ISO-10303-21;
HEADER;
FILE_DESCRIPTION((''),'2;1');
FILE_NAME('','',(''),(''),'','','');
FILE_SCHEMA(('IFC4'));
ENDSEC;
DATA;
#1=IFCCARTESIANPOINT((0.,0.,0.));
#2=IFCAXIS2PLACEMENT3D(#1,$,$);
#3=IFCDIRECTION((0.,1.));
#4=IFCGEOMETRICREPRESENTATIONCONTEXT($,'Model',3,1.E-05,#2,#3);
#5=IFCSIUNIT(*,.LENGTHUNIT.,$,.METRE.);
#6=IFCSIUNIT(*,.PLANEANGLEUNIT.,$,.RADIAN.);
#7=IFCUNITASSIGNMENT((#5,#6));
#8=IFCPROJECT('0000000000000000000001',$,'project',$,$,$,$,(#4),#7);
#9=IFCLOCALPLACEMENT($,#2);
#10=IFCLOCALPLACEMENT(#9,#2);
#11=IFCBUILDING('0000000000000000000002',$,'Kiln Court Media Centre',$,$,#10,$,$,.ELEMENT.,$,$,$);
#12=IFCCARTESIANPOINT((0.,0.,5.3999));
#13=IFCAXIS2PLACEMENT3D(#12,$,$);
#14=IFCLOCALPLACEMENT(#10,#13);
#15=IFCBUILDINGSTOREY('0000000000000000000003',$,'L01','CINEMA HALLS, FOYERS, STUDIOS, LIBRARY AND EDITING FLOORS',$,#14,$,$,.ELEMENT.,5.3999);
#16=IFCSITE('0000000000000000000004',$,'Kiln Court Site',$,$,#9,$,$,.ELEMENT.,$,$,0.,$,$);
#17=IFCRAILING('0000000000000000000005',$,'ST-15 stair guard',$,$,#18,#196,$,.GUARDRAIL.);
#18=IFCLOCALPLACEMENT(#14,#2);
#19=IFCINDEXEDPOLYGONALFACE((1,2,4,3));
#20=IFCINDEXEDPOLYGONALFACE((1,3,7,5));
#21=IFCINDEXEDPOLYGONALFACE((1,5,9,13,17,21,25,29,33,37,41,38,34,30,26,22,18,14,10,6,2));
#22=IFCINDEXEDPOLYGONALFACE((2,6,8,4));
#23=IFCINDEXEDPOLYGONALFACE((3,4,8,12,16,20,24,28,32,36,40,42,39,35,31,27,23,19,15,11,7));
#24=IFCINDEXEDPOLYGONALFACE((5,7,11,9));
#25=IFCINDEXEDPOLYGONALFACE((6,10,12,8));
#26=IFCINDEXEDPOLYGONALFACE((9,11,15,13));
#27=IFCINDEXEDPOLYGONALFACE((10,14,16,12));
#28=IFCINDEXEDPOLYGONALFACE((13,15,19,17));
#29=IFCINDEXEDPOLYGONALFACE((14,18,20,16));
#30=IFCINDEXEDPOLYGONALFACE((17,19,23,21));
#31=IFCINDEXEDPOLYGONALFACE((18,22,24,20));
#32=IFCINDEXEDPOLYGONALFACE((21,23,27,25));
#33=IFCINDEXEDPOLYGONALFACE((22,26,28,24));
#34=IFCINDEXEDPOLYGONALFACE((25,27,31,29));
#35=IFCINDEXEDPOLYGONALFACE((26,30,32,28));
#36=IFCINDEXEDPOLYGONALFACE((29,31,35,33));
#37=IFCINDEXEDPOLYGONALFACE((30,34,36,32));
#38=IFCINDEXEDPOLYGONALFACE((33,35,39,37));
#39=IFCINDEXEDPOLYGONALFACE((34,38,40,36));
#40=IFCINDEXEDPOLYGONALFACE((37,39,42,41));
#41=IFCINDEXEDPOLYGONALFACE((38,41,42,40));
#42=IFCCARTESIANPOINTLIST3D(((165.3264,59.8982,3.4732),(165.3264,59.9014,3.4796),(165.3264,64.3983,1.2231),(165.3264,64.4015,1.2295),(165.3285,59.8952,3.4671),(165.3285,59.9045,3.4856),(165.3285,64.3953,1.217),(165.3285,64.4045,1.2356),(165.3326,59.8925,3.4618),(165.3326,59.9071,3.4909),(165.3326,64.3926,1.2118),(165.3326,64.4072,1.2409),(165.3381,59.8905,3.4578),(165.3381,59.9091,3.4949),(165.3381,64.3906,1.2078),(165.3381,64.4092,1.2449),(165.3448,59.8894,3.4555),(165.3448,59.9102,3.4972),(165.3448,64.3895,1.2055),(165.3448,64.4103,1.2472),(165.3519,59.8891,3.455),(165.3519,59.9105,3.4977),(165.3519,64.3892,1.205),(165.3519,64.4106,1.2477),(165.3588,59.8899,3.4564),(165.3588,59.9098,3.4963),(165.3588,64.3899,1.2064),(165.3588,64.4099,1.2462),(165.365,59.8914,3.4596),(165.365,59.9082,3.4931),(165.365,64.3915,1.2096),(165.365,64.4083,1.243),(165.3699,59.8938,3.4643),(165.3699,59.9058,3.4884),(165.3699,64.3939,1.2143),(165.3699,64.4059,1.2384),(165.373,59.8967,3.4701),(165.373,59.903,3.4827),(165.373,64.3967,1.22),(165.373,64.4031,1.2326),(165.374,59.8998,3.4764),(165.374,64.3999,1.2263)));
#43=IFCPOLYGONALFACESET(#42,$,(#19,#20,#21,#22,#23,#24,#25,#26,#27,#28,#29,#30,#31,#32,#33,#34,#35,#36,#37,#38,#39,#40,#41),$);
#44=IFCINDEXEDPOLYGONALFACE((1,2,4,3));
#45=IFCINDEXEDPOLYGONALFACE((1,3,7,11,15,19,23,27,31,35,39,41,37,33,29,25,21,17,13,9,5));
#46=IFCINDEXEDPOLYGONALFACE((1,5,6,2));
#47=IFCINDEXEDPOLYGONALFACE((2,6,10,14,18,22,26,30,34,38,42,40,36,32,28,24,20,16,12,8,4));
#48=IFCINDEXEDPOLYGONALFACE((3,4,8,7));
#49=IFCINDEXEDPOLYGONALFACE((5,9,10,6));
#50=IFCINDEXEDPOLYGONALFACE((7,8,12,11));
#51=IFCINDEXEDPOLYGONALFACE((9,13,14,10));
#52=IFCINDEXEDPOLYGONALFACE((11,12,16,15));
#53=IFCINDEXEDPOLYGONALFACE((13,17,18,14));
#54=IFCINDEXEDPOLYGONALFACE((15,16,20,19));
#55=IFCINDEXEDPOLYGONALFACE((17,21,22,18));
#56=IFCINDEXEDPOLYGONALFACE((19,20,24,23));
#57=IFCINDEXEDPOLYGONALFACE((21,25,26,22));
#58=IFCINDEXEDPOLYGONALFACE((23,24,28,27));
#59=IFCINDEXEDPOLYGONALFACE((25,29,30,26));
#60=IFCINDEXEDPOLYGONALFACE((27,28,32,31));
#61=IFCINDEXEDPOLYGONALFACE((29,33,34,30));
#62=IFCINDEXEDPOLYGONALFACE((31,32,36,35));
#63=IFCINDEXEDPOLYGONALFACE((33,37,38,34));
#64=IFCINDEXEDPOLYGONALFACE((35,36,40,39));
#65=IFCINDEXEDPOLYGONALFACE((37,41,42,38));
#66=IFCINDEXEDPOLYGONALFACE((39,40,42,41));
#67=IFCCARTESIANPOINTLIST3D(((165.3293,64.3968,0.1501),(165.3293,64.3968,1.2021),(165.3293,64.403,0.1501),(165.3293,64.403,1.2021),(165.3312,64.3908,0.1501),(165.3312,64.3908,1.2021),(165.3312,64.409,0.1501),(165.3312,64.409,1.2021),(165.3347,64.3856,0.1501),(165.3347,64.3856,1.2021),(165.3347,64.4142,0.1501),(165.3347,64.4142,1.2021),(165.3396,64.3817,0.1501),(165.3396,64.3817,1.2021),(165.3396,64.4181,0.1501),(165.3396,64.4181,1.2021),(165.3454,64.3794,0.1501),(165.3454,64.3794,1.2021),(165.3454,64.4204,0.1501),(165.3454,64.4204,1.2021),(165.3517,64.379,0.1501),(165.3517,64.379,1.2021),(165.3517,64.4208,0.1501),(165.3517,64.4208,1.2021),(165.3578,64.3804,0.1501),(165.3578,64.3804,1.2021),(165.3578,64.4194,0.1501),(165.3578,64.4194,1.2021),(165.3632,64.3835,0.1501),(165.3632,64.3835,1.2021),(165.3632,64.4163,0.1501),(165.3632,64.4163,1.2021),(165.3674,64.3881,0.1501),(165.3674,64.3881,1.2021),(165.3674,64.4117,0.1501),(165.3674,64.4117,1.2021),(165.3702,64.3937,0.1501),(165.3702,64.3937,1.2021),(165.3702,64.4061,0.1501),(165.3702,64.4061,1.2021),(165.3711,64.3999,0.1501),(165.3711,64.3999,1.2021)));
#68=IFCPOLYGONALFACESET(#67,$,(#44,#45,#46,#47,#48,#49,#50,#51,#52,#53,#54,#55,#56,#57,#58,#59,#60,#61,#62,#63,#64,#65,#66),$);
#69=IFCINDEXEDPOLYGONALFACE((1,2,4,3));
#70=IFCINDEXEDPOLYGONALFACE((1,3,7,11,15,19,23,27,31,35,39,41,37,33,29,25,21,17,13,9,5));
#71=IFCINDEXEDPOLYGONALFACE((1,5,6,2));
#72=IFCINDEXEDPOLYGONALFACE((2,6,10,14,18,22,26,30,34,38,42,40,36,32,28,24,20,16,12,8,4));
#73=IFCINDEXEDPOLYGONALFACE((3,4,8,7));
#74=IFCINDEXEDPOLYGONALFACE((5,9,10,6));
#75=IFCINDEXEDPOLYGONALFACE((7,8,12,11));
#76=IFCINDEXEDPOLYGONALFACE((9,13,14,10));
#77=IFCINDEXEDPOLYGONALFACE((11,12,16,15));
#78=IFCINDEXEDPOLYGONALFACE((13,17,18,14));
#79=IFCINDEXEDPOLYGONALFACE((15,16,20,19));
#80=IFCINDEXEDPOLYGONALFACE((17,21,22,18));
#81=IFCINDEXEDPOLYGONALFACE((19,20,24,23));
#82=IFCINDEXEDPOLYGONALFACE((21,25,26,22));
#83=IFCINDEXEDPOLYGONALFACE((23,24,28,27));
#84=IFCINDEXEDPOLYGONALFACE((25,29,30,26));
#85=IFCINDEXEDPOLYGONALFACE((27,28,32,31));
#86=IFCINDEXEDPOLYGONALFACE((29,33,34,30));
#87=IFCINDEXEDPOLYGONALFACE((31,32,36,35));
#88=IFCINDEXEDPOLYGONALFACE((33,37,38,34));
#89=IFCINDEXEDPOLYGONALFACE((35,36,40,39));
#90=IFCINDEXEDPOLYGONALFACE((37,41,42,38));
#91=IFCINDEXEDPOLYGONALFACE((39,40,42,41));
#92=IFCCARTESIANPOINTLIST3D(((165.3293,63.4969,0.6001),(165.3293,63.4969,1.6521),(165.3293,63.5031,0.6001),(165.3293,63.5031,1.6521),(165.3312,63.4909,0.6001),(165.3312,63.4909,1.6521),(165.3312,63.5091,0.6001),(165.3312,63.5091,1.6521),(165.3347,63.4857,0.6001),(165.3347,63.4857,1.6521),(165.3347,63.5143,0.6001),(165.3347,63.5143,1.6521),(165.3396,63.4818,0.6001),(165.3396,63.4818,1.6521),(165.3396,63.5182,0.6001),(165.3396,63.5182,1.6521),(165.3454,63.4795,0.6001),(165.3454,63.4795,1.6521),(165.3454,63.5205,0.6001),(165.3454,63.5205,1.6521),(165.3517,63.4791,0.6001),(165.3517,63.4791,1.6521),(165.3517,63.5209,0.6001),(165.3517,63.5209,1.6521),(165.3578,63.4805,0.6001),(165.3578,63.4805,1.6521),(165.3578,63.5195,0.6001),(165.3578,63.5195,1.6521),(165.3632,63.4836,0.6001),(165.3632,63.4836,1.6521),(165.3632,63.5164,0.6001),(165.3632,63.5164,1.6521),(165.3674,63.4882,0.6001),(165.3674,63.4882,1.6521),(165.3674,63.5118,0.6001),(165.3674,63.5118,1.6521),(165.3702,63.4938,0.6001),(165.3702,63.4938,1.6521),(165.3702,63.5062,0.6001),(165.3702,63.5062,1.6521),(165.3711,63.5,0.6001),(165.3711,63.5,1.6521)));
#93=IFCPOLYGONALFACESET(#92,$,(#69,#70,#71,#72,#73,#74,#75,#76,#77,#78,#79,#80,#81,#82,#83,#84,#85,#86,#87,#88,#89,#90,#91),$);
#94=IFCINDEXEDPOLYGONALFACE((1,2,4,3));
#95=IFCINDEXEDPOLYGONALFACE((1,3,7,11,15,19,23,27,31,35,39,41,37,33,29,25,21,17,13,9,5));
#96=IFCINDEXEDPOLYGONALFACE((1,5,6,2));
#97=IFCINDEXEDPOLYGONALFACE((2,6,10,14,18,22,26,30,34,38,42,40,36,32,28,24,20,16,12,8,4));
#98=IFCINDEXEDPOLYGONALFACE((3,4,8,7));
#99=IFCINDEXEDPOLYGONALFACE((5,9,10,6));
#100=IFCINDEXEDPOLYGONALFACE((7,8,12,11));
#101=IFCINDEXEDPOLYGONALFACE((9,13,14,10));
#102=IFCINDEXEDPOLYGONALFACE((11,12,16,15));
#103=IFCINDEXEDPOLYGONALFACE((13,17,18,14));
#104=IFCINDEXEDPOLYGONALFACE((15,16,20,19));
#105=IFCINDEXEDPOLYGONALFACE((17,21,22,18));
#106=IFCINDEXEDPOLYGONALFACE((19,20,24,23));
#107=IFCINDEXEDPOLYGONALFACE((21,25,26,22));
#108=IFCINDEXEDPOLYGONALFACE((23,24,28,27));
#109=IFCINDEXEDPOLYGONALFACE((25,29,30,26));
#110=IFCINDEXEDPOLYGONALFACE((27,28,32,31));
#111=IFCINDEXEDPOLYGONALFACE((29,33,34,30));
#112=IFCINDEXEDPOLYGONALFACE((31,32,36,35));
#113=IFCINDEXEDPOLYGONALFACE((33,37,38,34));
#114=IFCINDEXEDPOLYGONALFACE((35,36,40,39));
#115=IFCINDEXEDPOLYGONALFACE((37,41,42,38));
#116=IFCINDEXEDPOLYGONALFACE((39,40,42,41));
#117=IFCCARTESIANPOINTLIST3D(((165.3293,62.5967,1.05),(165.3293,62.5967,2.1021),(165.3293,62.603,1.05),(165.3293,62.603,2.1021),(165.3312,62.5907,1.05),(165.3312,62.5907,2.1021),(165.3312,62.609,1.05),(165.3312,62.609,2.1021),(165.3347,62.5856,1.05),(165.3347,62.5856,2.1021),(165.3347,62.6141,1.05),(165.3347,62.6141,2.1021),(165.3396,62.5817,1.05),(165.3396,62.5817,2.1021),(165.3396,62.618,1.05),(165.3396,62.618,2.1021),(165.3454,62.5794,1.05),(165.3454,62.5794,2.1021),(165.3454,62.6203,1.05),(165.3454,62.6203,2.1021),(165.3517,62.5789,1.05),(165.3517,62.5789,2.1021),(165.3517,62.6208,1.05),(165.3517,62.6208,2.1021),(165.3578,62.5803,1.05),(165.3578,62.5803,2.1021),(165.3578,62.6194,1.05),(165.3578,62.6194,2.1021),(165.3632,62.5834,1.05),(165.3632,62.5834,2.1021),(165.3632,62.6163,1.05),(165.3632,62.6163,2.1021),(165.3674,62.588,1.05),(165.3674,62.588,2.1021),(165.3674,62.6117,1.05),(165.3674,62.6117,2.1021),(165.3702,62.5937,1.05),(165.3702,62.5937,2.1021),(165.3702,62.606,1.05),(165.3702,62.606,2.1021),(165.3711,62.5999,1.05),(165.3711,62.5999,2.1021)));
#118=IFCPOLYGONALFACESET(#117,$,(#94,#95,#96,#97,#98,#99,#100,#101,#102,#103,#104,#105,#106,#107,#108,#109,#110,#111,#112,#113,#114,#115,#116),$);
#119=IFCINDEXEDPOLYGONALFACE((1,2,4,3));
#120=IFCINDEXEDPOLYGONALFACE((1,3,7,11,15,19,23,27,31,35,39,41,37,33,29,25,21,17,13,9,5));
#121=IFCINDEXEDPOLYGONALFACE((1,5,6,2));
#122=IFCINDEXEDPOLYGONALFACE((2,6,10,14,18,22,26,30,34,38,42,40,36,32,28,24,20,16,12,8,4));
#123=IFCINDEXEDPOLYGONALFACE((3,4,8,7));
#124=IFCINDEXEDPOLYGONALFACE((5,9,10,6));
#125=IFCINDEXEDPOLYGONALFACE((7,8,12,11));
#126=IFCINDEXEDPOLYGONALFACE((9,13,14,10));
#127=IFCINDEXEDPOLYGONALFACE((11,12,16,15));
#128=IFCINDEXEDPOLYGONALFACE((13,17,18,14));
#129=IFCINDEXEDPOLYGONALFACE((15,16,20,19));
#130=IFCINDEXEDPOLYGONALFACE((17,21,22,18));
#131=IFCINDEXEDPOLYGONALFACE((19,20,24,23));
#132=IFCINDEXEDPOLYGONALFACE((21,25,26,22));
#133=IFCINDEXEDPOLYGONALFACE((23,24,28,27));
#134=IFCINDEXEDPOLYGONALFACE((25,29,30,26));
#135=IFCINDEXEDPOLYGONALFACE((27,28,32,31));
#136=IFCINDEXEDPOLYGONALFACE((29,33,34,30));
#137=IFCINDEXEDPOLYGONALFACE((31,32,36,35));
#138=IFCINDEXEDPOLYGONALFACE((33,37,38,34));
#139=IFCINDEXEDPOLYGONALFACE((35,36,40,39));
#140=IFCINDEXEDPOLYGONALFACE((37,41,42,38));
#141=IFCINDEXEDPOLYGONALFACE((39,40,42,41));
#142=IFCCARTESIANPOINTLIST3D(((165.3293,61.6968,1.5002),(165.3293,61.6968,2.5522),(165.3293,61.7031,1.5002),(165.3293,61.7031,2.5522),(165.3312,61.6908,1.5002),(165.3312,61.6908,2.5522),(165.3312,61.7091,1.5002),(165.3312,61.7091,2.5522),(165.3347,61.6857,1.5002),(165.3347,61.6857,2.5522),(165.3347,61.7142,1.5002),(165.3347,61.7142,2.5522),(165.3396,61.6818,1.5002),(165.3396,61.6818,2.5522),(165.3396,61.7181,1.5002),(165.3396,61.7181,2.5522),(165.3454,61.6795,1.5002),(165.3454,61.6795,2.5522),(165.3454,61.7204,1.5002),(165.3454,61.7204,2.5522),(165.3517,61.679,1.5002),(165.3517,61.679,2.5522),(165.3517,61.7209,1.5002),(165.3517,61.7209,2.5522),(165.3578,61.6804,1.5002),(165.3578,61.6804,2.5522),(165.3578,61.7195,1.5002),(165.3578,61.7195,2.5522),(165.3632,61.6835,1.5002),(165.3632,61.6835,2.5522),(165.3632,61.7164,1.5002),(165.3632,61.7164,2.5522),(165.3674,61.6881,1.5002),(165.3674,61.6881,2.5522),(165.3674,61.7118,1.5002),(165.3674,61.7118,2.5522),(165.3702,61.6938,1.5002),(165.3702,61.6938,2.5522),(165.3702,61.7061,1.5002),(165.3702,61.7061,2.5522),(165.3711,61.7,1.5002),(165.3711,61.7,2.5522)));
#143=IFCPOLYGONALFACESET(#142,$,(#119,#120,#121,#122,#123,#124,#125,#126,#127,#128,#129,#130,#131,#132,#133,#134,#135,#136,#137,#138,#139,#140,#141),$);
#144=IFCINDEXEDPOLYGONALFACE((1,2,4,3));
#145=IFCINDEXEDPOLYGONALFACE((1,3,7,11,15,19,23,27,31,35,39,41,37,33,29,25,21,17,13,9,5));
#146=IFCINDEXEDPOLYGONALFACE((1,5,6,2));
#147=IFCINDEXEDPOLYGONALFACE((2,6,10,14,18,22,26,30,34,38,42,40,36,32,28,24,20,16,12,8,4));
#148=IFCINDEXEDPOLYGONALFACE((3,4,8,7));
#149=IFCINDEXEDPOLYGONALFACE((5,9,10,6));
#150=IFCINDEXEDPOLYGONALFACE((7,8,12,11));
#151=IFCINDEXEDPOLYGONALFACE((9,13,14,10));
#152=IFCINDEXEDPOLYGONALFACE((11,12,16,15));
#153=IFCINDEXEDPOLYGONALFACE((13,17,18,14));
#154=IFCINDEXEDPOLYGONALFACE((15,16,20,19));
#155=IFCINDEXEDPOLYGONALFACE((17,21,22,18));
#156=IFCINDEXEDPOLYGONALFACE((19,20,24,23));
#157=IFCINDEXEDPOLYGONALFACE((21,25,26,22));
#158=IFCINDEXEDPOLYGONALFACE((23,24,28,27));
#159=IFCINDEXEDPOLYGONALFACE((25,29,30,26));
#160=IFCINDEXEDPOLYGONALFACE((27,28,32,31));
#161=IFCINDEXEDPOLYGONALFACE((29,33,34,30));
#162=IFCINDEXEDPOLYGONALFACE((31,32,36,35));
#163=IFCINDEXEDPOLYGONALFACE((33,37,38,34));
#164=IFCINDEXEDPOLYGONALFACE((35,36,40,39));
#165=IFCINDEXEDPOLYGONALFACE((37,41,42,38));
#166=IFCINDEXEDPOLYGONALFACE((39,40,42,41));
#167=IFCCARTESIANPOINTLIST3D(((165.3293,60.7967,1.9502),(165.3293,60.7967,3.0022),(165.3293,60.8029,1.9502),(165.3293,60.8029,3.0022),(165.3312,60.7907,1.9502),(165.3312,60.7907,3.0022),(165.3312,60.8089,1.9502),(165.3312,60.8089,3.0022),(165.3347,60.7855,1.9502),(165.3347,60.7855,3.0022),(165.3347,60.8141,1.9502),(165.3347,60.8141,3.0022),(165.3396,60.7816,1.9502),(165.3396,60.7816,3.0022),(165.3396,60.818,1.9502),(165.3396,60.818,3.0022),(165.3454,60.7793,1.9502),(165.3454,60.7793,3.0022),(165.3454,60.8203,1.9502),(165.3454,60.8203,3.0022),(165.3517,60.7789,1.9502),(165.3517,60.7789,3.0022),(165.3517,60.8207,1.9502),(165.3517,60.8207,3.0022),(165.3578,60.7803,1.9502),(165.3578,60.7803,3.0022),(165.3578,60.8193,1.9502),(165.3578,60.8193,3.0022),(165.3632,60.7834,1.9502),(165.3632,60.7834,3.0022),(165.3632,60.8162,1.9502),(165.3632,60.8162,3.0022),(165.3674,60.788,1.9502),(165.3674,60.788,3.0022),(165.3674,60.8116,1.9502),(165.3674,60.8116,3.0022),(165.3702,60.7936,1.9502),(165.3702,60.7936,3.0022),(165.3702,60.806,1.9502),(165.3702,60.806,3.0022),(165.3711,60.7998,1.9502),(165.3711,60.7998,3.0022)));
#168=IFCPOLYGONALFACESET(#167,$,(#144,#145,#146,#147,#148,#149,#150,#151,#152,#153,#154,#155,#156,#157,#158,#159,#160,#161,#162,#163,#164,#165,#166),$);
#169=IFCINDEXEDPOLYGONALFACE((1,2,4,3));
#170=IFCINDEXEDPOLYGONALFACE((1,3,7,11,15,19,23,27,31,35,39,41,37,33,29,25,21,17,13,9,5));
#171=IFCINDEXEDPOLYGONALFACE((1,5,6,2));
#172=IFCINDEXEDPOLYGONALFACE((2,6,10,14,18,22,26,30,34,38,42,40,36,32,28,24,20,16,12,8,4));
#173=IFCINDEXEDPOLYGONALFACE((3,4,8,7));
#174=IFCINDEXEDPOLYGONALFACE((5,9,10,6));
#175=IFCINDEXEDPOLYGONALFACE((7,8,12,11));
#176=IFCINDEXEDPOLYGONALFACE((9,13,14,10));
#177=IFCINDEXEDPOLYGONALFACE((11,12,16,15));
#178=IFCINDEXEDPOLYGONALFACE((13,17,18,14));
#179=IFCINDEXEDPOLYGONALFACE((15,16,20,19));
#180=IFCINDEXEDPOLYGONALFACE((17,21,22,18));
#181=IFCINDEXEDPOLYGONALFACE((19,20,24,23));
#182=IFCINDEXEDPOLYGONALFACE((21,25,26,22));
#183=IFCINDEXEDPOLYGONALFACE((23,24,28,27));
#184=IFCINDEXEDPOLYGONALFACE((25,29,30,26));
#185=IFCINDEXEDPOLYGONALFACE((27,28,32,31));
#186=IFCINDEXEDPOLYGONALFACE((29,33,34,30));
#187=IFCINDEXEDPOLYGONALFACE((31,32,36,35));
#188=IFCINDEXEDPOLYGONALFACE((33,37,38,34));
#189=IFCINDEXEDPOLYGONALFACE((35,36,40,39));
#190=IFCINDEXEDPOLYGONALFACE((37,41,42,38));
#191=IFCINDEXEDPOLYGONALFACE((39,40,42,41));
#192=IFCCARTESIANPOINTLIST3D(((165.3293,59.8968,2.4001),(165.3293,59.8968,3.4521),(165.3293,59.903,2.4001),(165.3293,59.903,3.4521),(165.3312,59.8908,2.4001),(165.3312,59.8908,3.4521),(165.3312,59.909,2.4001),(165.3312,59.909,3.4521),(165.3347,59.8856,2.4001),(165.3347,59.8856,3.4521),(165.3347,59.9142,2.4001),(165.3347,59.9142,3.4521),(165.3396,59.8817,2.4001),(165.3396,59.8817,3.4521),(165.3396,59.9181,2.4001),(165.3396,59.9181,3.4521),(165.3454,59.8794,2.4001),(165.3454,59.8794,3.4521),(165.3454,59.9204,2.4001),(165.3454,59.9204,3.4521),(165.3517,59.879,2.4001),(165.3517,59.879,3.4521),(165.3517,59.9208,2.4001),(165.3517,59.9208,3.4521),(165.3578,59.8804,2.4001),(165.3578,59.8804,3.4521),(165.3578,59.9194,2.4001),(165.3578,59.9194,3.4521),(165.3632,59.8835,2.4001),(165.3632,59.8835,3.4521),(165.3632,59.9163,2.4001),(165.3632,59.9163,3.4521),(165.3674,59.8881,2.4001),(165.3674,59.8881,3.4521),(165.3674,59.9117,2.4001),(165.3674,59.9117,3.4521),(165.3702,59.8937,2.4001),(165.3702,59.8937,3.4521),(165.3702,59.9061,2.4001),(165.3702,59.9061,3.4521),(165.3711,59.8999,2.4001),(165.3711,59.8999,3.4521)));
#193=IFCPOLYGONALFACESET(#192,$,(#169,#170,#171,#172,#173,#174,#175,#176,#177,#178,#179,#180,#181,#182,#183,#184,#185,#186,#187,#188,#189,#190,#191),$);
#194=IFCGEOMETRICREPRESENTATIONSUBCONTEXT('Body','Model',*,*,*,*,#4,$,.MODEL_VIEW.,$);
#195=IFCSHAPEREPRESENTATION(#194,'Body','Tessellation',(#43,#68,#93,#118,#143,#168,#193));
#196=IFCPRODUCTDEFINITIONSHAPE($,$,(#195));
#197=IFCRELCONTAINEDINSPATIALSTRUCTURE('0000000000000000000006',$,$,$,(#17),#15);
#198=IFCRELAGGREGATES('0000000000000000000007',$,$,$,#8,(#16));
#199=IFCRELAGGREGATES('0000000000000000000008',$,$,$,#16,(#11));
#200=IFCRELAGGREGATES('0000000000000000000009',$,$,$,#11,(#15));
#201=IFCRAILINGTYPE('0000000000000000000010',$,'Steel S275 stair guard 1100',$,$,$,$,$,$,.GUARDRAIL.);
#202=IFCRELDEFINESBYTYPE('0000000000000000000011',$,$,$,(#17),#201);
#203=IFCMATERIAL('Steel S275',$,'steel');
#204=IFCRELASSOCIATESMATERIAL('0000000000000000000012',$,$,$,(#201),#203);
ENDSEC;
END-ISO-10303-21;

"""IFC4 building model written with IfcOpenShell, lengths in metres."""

from ifc_helpers import new_model, si_unit, direction, frame, origin, origin_2d, place, context, subcontext, project, spatial, circle, extrude, material, type_object, element, save


model = new_model("IFC4")

# Units and contexts
model_context = context("Model", 3, precision=1e-05, world=origin(), true_north=direction((0.0, 1.0)))
body_context = subcontext(model_context, "Body", "Model", "MODEL_VIEW")
ifc_project = project(units=[si_unit("LENGTHUNIT", "METRE"), si_unit("PLANEANGLEUNIT", "RADIAN")], contexts=[model_context])

# Site, building, storey
site_placement = place(None, origin())
site = spatial("IfcSite", under=ifc_project, at=site_placement, Name="Kiln Court Site", CompositionType="ELEMENT", RefElevation=0.0)
building_placement = place(site_placement, origin())
building = spatial("IfcBuilding", under=site, at=building_placement, Name="Kiln Court Media Centre", CompositionType="ELEMENT")
storey_placement = place(building_placement, frame((0.0, 0.0, 5.3999)))
storey = spatial("IfcBuildingStorey", under=building, at=storey_placement, Name="L01", Description="CINEMA HALLS, FOYERS, STUDIOS, LIBRARY AND EDITING FLOORS", CompositionType="ELEMENT", Elevation=5.3999)

# Railing
ifc_material_1 = material(Name="Steel S275", Category="steel")
railing_type_1 = type_object("IfcRailingType", Name="Steel S275 stair guard 1100", PredefinedType="GUARDRAIL", material=ifc_material_1)
railing_1_placement = place(storey_placement, frame((165.3501, 64.3999, 0.1501)))
element("IfcRailing", 1, at=railing_1_placement, inside=storey, type_object=railing_type_1, Name="ST-15 stair guard", PredefinedType="GUARDRAIL", context=body_context, shape_type="SweptSolid", body=[
    extrude(circle(Radius=0.0239, at=origin_2d()), frame((0.0, 0.0, 1.0762), z_axis=(0.0, -0.894427, 0.447214), x_axis=(1.0, 0.0, 0.0)), (0.0, 0.0, 1.0), 5.0312),
    extrude(circle(Radius=0.021, at=origin_2d()), origin(), (0.0, 0.0, 1.0), 1.052),
    extrude(circle(Radius=0.021, at=origin_2d()), frame((0.0, -0.8999, 0.45)), (0.0, 0.0, 1.0), 1.052),
    extrude(circle(Radius=0.021, at=origin_2d()), frame((0.0, -1.8, 0.8999)), (0.0, 0.0, 1.0), 1.052),
    extrude(circle(Radius=0.021, at=origin_2d()), frame((0.0, -2.7, 1.3501)), (0.0, 0.0, 1.0), 1.052),
    extrude(circle(Radius=0.021, at=origin_2d()), frame((0.0, -3.6001, 1.8)), (0.0, 0.0, 1.0), 1.052),
    extrude(circle(Radius=0.021, at=origin_2d()), frame((0.0, -4.5, 2.25)), (0.0, 0.0, 1.0), 1.052),
])

save(model, "model.ifc")
